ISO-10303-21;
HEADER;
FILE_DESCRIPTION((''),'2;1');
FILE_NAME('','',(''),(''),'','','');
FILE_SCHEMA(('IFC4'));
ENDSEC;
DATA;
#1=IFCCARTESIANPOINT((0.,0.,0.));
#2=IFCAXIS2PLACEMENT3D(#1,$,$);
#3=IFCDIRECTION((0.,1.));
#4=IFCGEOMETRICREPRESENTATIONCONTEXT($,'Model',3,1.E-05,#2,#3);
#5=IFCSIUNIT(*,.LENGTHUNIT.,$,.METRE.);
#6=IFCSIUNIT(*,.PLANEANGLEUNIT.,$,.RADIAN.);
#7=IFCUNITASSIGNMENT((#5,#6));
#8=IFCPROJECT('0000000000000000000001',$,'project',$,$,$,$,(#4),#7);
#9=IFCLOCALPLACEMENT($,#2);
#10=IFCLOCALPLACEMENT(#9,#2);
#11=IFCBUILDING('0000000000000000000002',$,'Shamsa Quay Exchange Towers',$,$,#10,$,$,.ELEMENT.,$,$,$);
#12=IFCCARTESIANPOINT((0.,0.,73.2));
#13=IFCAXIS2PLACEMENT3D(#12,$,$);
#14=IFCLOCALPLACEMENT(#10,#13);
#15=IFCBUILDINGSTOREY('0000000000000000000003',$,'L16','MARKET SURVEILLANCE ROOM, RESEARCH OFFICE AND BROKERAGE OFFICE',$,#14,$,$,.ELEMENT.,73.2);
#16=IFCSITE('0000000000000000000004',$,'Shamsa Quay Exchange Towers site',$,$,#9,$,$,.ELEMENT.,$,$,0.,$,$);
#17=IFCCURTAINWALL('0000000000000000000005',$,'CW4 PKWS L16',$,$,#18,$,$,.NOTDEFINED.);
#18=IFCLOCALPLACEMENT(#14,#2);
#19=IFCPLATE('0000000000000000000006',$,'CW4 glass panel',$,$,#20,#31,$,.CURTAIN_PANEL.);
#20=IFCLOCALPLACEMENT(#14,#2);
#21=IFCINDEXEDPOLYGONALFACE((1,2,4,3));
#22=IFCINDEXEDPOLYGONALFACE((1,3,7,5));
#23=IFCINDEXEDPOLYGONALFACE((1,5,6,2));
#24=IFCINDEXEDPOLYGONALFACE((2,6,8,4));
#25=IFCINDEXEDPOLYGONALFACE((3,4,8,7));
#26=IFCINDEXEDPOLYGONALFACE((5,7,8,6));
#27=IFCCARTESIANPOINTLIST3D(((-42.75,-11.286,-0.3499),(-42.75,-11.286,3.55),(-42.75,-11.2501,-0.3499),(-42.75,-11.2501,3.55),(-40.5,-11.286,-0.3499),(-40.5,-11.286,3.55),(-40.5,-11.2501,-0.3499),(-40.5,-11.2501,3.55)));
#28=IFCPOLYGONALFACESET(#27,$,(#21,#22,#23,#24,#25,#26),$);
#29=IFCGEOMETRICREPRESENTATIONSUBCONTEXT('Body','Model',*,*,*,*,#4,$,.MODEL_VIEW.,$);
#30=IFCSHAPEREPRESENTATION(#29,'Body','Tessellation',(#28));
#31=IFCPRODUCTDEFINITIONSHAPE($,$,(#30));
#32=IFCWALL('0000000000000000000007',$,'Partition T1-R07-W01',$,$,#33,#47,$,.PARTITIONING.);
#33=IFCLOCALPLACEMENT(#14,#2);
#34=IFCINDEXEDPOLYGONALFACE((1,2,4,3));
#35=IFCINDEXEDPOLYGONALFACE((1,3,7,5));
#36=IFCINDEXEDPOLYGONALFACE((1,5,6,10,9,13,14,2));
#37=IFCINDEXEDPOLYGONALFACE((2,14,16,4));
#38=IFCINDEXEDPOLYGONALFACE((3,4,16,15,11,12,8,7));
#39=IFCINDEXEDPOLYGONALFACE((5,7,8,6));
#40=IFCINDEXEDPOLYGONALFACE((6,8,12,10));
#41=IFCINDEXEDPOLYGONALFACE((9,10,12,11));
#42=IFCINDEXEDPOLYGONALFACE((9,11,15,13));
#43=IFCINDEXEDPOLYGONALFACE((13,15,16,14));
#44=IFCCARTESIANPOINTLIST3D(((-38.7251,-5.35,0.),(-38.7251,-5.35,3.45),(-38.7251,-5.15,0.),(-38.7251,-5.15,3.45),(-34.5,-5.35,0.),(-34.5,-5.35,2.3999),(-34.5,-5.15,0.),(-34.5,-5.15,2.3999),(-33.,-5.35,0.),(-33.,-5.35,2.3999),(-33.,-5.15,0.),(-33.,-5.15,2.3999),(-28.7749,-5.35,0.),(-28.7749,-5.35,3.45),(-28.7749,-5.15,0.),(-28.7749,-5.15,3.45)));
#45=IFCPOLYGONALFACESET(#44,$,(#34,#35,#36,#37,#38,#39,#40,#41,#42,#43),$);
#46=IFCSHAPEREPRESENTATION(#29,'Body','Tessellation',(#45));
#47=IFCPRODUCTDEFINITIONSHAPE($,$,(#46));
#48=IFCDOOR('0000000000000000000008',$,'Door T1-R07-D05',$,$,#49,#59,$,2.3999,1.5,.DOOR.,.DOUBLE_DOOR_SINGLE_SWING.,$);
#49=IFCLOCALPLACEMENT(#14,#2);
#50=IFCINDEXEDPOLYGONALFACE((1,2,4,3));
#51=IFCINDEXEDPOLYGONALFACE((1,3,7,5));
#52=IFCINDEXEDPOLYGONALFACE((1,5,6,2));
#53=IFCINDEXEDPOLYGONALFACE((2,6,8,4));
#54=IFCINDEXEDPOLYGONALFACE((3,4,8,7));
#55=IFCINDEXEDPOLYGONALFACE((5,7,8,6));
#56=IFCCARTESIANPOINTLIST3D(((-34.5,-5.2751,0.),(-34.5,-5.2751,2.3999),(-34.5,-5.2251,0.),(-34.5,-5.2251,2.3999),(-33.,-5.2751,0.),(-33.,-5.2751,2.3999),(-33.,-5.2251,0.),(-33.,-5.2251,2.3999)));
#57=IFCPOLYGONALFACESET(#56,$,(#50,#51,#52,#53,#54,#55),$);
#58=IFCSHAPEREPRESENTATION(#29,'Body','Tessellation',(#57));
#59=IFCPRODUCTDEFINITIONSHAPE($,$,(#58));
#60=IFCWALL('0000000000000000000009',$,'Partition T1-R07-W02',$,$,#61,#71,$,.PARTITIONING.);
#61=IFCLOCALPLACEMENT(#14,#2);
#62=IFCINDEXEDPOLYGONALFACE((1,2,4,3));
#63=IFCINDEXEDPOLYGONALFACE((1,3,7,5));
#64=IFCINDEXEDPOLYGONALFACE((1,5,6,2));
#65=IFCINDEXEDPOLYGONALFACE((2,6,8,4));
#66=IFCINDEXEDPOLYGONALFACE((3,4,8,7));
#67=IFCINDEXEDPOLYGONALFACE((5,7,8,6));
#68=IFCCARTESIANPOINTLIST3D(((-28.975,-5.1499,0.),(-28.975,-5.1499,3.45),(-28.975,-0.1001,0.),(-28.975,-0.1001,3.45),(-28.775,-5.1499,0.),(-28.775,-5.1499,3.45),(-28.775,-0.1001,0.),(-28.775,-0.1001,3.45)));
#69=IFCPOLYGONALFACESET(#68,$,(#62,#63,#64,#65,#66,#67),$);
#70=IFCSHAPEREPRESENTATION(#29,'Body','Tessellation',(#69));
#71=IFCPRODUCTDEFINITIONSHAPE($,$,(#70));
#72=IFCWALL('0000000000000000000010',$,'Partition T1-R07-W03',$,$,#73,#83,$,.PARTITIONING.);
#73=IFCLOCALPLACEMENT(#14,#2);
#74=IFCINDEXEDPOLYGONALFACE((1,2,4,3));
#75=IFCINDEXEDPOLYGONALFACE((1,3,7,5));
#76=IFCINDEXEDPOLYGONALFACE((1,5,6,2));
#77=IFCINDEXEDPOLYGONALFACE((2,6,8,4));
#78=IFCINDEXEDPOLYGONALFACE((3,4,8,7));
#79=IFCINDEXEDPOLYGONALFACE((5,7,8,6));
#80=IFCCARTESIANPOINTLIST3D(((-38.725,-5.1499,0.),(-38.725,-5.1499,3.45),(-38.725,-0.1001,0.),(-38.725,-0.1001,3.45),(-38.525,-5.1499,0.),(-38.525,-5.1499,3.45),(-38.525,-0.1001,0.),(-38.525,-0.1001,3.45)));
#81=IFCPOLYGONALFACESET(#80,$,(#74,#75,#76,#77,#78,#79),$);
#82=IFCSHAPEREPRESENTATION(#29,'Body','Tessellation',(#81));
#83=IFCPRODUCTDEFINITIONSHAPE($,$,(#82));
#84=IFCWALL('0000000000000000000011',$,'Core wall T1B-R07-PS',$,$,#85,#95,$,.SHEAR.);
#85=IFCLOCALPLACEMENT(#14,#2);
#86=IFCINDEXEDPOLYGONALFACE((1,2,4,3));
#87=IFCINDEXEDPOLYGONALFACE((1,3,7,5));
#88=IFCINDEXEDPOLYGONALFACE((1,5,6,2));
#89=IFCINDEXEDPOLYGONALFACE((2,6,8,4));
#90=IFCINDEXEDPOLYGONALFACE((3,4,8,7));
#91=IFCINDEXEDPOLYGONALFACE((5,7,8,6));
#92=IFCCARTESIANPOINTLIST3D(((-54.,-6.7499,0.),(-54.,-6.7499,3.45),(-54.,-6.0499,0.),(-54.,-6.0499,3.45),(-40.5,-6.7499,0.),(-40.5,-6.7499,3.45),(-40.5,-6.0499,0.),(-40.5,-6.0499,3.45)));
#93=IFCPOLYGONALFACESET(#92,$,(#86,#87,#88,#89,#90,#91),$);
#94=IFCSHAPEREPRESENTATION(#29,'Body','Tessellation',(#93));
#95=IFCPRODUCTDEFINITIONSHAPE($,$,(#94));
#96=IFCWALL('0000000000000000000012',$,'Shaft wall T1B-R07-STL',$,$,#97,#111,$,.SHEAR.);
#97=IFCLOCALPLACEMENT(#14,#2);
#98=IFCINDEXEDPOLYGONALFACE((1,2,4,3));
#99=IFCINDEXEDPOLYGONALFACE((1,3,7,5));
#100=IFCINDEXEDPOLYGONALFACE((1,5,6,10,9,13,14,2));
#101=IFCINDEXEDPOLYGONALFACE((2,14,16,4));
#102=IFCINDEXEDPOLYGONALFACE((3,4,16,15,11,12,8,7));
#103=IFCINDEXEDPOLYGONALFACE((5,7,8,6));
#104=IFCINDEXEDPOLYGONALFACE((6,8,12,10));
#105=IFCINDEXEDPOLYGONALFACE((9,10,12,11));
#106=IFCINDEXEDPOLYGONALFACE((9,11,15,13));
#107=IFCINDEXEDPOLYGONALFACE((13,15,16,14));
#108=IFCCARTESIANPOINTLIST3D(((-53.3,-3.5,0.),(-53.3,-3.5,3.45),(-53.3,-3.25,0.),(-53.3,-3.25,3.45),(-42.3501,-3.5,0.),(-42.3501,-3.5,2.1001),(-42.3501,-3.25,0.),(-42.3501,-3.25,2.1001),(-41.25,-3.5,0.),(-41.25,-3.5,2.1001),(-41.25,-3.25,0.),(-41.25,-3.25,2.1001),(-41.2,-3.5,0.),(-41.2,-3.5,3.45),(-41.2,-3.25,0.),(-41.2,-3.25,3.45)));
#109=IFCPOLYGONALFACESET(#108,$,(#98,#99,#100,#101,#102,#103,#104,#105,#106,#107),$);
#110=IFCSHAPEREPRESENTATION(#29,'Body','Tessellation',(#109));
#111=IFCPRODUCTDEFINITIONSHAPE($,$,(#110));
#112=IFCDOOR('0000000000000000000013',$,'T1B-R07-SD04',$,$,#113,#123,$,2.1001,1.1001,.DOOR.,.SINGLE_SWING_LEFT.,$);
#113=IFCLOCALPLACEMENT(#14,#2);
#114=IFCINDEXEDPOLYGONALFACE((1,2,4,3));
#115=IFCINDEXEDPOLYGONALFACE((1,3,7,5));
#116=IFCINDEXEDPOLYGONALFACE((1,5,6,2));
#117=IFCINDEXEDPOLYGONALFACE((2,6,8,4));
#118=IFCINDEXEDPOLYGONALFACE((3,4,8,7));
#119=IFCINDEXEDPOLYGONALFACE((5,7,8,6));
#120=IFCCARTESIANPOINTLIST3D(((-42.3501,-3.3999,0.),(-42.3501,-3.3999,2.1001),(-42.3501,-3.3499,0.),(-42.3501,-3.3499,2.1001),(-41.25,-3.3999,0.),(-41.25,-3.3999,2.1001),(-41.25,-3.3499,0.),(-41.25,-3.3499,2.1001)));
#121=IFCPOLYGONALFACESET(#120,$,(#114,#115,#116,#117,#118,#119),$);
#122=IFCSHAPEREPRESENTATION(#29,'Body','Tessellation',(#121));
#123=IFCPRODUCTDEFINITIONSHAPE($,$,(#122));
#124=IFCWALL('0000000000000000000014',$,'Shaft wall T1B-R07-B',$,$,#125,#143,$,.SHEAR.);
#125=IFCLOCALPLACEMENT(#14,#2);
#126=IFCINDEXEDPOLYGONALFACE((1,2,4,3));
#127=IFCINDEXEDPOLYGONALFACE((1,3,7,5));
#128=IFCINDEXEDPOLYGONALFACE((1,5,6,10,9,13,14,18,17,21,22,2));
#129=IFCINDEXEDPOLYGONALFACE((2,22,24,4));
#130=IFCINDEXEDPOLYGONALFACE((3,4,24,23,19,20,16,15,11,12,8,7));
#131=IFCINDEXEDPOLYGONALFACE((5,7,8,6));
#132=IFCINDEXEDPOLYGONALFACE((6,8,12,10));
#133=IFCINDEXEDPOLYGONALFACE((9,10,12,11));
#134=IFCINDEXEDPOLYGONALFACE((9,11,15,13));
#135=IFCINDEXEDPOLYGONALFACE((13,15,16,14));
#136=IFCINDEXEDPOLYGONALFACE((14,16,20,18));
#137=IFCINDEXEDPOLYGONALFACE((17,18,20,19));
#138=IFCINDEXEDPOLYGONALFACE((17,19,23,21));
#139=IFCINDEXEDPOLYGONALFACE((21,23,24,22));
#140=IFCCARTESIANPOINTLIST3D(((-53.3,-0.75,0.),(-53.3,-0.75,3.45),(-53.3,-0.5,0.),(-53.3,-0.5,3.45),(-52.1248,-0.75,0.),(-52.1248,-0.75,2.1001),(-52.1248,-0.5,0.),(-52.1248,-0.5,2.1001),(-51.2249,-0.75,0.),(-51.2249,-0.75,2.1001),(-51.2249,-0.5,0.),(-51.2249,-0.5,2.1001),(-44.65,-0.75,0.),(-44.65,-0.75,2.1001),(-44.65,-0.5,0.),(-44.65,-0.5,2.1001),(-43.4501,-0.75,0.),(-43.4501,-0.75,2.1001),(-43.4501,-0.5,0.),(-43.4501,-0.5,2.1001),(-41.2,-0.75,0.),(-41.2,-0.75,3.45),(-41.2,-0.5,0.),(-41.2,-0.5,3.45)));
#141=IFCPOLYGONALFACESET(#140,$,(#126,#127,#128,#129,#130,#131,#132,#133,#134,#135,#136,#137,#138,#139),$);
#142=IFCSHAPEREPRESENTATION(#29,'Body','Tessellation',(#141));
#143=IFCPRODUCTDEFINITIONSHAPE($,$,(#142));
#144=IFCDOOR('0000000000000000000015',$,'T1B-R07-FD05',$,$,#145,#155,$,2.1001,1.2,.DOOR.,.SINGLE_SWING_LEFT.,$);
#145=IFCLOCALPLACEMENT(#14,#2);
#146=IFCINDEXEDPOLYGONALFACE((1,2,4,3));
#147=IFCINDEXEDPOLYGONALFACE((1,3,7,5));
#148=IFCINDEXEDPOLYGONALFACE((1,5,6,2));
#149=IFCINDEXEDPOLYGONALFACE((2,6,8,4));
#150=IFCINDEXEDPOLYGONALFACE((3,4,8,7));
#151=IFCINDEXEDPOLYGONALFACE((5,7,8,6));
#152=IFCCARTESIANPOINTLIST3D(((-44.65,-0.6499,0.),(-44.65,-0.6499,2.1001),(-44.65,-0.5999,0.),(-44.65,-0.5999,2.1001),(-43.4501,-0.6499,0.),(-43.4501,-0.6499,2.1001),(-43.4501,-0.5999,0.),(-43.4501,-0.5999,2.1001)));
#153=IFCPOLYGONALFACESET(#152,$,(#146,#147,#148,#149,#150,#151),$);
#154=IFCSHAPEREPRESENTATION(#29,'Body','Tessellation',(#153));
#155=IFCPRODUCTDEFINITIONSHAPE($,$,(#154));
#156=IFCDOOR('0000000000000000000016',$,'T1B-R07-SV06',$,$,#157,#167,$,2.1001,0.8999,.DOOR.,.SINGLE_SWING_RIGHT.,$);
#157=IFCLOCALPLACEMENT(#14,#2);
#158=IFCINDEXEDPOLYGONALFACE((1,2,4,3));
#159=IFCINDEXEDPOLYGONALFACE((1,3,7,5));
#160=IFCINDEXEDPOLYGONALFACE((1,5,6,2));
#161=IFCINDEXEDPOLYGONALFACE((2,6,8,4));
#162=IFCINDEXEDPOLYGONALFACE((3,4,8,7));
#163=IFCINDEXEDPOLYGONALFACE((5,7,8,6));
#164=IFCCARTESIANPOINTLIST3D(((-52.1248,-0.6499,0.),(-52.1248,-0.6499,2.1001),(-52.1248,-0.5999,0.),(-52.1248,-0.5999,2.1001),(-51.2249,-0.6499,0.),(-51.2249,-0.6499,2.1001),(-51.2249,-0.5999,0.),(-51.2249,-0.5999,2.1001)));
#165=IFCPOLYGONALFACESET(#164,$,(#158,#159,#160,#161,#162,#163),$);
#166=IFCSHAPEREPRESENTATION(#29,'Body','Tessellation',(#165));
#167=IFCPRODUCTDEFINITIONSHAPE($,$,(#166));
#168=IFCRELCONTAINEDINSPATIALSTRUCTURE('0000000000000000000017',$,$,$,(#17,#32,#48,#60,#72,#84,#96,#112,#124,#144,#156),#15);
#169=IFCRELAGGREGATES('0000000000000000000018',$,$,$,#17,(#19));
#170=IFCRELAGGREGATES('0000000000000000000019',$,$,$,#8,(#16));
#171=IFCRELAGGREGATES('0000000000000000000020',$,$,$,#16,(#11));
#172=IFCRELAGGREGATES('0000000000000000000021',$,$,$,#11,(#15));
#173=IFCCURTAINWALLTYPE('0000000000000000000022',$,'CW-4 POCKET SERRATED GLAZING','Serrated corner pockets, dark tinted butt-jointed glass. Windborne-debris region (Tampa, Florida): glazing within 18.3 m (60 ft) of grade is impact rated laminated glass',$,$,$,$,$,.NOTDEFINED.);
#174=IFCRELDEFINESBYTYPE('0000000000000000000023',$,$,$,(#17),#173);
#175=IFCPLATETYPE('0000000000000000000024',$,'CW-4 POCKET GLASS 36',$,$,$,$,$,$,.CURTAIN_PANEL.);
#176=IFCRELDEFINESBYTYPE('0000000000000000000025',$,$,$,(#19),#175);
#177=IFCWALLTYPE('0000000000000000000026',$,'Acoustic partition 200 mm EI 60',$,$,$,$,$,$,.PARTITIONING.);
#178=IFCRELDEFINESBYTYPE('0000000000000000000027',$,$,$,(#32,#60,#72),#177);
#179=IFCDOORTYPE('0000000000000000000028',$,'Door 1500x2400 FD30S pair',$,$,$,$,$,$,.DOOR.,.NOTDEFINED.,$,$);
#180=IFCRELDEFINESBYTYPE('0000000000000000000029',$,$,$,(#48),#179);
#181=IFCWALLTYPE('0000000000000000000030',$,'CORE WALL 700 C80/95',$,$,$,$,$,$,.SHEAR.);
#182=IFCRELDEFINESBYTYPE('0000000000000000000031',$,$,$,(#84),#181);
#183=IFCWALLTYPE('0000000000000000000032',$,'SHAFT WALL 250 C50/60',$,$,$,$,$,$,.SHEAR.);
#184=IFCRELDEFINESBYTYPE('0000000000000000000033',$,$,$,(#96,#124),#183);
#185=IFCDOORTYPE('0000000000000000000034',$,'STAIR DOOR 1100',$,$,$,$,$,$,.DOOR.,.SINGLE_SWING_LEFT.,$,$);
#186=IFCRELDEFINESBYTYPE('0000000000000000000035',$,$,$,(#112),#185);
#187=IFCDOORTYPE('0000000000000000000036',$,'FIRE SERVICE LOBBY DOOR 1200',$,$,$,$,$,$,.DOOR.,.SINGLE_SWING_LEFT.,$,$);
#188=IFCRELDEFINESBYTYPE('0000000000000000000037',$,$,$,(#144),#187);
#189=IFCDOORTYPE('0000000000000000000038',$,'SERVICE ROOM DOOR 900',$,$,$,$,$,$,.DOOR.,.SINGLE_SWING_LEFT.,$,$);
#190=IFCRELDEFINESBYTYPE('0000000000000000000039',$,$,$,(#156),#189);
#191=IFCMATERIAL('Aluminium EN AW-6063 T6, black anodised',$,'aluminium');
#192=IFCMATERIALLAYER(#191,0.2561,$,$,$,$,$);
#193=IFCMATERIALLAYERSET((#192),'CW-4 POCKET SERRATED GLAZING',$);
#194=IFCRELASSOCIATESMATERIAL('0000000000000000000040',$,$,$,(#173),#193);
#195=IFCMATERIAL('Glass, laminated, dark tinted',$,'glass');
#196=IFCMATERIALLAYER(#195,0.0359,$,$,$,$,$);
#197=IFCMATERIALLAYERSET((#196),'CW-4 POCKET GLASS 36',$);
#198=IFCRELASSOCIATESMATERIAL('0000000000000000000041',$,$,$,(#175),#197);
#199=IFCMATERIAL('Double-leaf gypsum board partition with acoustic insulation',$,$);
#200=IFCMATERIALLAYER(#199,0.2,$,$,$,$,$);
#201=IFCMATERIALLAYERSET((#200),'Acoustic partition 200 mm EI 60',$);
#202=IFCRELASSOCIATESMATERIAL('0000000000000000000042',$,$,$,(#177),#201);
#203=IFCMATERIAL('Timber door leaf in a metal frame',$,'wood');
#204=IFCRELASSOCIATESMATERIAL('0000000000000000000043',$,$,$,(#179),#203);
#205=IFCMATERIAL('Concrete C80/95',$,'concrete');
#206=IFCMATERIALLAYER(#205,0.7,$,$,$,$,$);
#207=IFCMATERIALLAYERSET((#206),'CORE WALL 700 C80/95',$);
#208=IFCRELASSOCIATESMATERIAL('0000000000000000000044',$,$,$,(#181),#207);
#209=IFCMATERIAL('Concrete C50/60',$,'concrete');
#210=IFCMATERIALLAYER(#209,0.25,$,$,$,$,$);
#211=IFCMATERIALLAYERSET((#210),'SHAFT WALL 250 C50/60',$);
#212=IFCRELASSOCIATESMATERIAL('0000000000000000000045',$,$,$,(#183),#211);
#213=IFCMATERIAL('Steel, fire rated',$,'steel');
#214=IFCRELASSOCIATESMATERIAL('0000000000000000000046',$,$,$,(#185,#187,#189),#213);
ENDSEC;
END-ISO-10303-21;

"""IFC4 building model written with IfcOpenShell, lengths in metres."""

from ifc_helpers import new_model, si_unit, direction, frame, frame_2d, origin, origin_2d, place, context, subcontext, project, spatial, rectangle, extrude, material, layer, layer_set, type_object, element, fill, aggregate, save


model = new_model("IFC4")

# Units and contexts
model_context = context("Model", 3, precision=1e-05, world=origin(), true_north=direction((0.0, 1.0)))
body_context = subcontext(model_context, "Body", "Model", "MODEL_VIEW")
ifc_project = project(units=[si_unit("LENGTHUNIT", "METRE"), si_unit("PLANEANGLEUNIT", "RADIAN")], contexts=[model_context])

# Site, building, storey
site_placement = place(None, origin())
site = spatial("IfcSite", under=ifc_project, at=site_placement, Name="Shamsa Quay Exchange Towers site", CompositionType="ELEMENT", RefElevation=0.0)
building_placement = place(site_placement, origin())
building = spatial("IfcBuilding", under=site, at=building_placement, Name="Shamsa Quay Exchange Towers", CompositionType="ELEMENT")
storey_placement = place(building_placement, frame((0.0, 0.0, 73.2)))
storey = spatial("IfcBuildingStorey", under=building, at=storey_placement, Name="L16", Description="MARKET SURVEILLANCE ROOM, RESEARCH OFFICE AND BROKERAGE OFFICE", CompositionType="ELEMENT", Elevation=73.2)

# Shared definitions
ifc_material_1 = material(Name="Aluminium EN AW-6063 T6, black anodised", Category="aluminium")

# Shared definitions
ifc_material_2 = material(Name="Glass, laminated, dark tinted", Category="glass")

# Curtain wall, plate
ifc_layer_1 = layer(ifc_material_1, 0.2561)
ifc_layer_set_1 = layer_set([ifc_layer_1], Name="CW-4 POCKET SERRATED GLAZING")
curtain_wall_type_1 = type_object("IfcCurtainWallType", Name="CW-4 POCKET SERRATED GLAZING", Description="Serrated corner pockets, dark tinted butt-jointed glass. Windborne-debris region (Tampa, Florida): glazing within 18.3 m (60 ft) of grade is impact rated laminated glass", PredefinedType="NOTDEFINED", material=ifc_layer_set_1)
curtain_wall_1_placement = place(storey_placement, origin())
curtain_wall_1 = element("IfcCurtainWall", 1, at=curtain_wall_1_placement, inside=storey, type_object=curtain_wall_type_1, Name="CW4 PKWS L16", PredefinedType="NOTDEFINED")
ifc_layer_2 = layer(ifc_material_2, 0.0359)
ifc_layer_set_2 = layer_set([ifc_layer_2], Name="CW-4 POCKET GLASS 36")
plate_type_1 = type_object("IfcPlateType", Name="CW-4 POCKET GLASS 36", PredefinedType="CURTAIN_PANEL", material=ifc_layer_set_2)
plate_1_placement = place(storey_placement, frame((-41.625, -11.2681, -0.3499)))
plate_1 = element("IfcPlate", 2, at=plate_1_placement, type_object=plate_type_1, Name="CW4 glass panel", PredefinedType="CURTAIN_PANEL", context=body_context, shape_type="SweptSolid", body=[
    extrude(rectangle(XDim=2.25, YDim=0.0359, at=origin_2d()), origin(), (0.0, 0.0, 1.0), 3.8999),
])
aggregate(curtain_wall_1, [plate_1])

# Wall, opening, door
ifc_material_3 = material(Name="Double-leaf gypsum board partition with acoustic insulation")
ifc_layer_3 = layer(ifc_material_3, 0.2)
ifc_layer_set_3 = layer_set([ifc_layer_3], Name="Acoustic partition 200 mm EI 60")
wall_type_1 = type_object("IfcWallType", Name="Acoustic partition 200 mm EI 60", PredefinedType="PARTITIONING", material=ifc_layer_set_3)
wall_1_placement = place(storey_placement, frame((-38.7251, -5.25, 0.0)))
wall_1 = element("IfcWall", 3, at=wall_1_placement, inside=storey, type_object=wall_type_1, Name="Partition T1-R07-W01", PredefinedType="PARTITIONING", context=body_context, shape_type="SweptSolid", body=[
    extrude(rectangle(XDim=9.9502, YDim=0.2, at=frame_2d((4.9751, 0.0))), origin(), (0.0, 0.0, 1.0), 3.45),
])
opening_1_placement = place(wall_1_placement, frame((4.2251, 0.0, 0.0)))
opening_1 = element("IfcOpeningElement", 4, at=opening_1_placement, cuts=wall_1, PredefinedType="OPENING", context=body_context, shape_type="SweptSolid", body=[
    extrude(rectangle(XDim=1.5, YDim=2.3999, at=frame_2d((0.75, 1.2))), frame((0.0, 0.1099, 0.0), z_axis=(0.0, -1.0, 0.0), x_axis=(1.0, 0.0, 0.0)), (0.0, 0.0, 1.0), 0.22),
])
ifc_material_4 = material(Name="Timber door leaf in a metal frame", Category="wood")
door_type_1 = type_object("IfcDoorType", Name="Door 1500x2400 FD30S pair", OperationType="NOTDEFINED", PredefinedType="DOOR", material=ifc_material_4)
door_1_placement = place(opening_1_placement, origin())
door_1 = element("IfcDoor", 5, at=door_1_placement, inside=storey, type_object=door_type_1, Name="Door T1-R07-D05", OperationType="DOUBLE_DOOR_SINGLE_SWING", OverallHeight=2.3999, OverallWidth=1.5, PredefinedType="DOOR", context=body_context, shape_type="SweptSolid", body=[
    extrude(rectangle(XDim=1.5, YDim=2.3999, at=frame_2d((0.75, 1.2))), frame((0.0, 0.0249, 0.0), z_axis=(0.0, -1.0, 0.0), x_axis=(1.0, 0.0, 0.0)), (0.0, 0.0, 1.0), 0.05),
])
fill(opening_1, door_1)

# Walls
for number, where, z_axis, x_axis, name in (
    (6, (-28.875, -5.1499, 0.0), (0.0, 0.0, 1.0), (0.0, 1.0, 0.0), "Partition T1-R07-W02"),
    (7, (-38.625, -0.1001, 0.0), (0.0, 0.0, 1.0), (0.0, -1.0, 0.0), "Partition T1-R07-W03"),
):
    element("IfcWall", number, at=place(storey_placement, frame(where, z_axis=z_axis, x_axis=x_axis)), inside=storey, type_object=wall_type_1, Name=name, PredefinedType="PARTITIONING", context=body_context, shape_type="SweptSolid", body=[
        extrude(rectangle(XDim=5.0498, YDim=0.2, at=frame_2d((2.5249, 0.0))), origin(), (0.0, 0.0, 1.0), 3.45),
    ])
ifc_material_5 = material(Name="Concrete C80/95", Category="concrete")
ifc_layer_4 = layer(ifc_material_5, 0.7)
ifc_layer_set_4 = layer_set([ifc_layer_4], Name="CORE WALL 700 C80/95")
wall_type_2 = type_object("IfcWallType", Name="CORE WALL 700 C80/95", PredefinedType="SHEAR", material=ifc_layer_set_4)
wall_2_placement = place(storey_placement, frame((-40.5, -6.3999, 0.0), z_axis=(0.0, 0.0, 1.0), x_axis=(-1.0, 0.0, 0.0)))
element("IfcWall", 8, at=wall_2_placement, inside=storey, type_object=wall_type_2, Name="Core wall T1B-R07-PS", PredefinedType="SHEAR", context=body_context, shape_type="SweptSolid", body=[
    extrude(rectangle(XDim=13.5, YDim=0.7, at=frame_2d((6.75, 0.0))), origin(), (0.0, 0.0, 1.0), 3.45),
])

# Wall, opening, door
ifc_material_6 = material(Name="Steel, fire rated", Category="steel")
ifc_material_7 = material(Name="Concrete C50/60", Category="concrete")
ifc_layer_5 = layer(ifc_material_7, 0.25)
ifc_layer_set_5 = layer_set([ifc_layer_5], Name="SHAFT WALL 250 C50/60")
wall_type_3 = type_object("IfcWallType", Name="SHAFT WALL 250 C50/60", PredefinedType="SHEAR", material=ifc_layer_set_5)
wall_3_placement = place(storey_placement, frame((-41.2, -3.375, 0.0), z_axis=(0.0, 0.0, 1.0), x_axis=(-1.0, 0.0, 0.0)))
wall_3 = element("IfcWall", 9, at=wall_3_placement, inside=storey, type_object=wall_type_3, Name="Shaft wall T1B-R07-STL", PredefinedType="SHEAR", context=body_context, shape_type="SweptSolid", body=[
    extrude(rectangle(XDim=12.1001, YDim=0.25, at=frame_2d((6.05, 0.0))), origin(), (0.0, 0.0, 1.0), 3.45),
])
opening_2_placement = place(wall_3_placement, frame((0.05, 0.0, 0.0)))
opening_2 = element("IfcOpeningElement", 10, at=opening_2_placement, cuts=wall_3, PredefinedType="OPENING", context=body_context, shape_type="SweptSolid", body=[
    extrude(rectangle(XDim=1.1001, YDim=2.1001, at=frame_2d((0.55, 1.05))), frame((0.0, 0.135, 0.0), z_axis=(0.0, -1.0, 0.0), x_axis=(1.0, 0.0, 0.0)), (0.0, 0.0, 1.0), 0.27),
])
door_type_2 = type_object("IfcDoorType", Name="STAIR DOOR 1100", OperationType="SINGLE_SWING_LEFT", PredefinedType="DOOR", material=ifc_material_6)
door_2_placement = place(opening_2_placement, origin())
door_2 = element("IfcDoor", 11, at=door_2_placement, inside=storey, type_object=door_type_2, Name="T1B-R07-SD04", OperationType="SINGLE_SWING_LEFT", OverallHeight=2.1001, OverallWidth=1.1001, PredefinedType="DOOR", context=body_context, shape_type="SweptSolid", body=[
    extrude(rectangle(XDim=1.1001, YDim=2.1001, at=frame_2d((0.55, 1.05))), frame((0.0, 0.0249, 0.0), z_axis=(0.0, -1.0, 0.0), x_axis=(1.0, 0.0, 0.0)), (0.0, 0.0, 1.0), 0.05),
])
fill(opening_2, door_2)

# Wall, openings, doors
wall_4_placement = place(storey_placement, frame((-41.2, -0.625, 0.0), z_axis=(0.0, 0.0, 1.0), x_axis=(-1.0, 0.0, 0.0)))
wall_4 = element("IfcWall", 12, at=wall_4_placement, inside=storey, type_object=wall_type_3, Name="Shaft wall T1B-R07-B", PredefinedType="SHEAR", context=body_context, shape_type="SweptSolid", body=[
    extrude(rectangle(XDim=12.1001, YDim=0.25, at=frame_2d((6.05, 0.0))), origin(), (0.0, 0.0, 1.0), 3.45),
])
opening_3_placement = place(wall_4_placement, frame((2.25, 0.0, 0.0)))
opening_3 = element("IfcOpeningElement", 13, at=opening_3_placement, cuts=wall_4, PredefinedType="OPENING", context=body_context, shape_type="SweptSolid", body=[
    extrude(rectangle(XDim=1.2, YDim=2.1001, at=frame_2d((0.6001, 1.05))), frame((0.0, 0.135, 0.0), z_axis=(0.0, -1.0, 0.0), x_axis=(1.0, 0.0, 0.0)), (0.0, 0.0, 1.0), 0.27),
])
opening_4_placement = place(wall_4_placement, frame((10.0249, 0.0, 0.0)))
opening_4 = element("IfcOpeningElement", 14, at=opening_4_placement, cuts=wall_4, PredefinedType="OPENING", context=body_context, shape_type="SweptSolid", body=[
    extrude(rectangle(XDim=0.8999, YDim=2.1001, at=frame_2d((0.45, 1.05))), frame((0.0, 0.135, 0.0), z_axis=(0.0, -1.0, 0.0), x_axis=(1.0, 0.0, 0.0)), (0.0, 0.0, 1.0), 0.27),
])
door_type_3 = type_object("IfcDoorType", Name="FIRE SERVICE LOBBY DOOR 1200", OperationType="SINGLE_SWING_LEFT", PredefinedType="DOOR", material=ifc_material_6)
door_3_placement = place(opening_3_placement, origin())
door_3 = element("IfcDoor", 15, at=door_3_placement, inside=storey, type_object=door_type_3, Name="T1B-R07-FD05", OperationType="SINGLE_SWING_LEFT", OverallHeight=2.1001, OverallWidth=1.2, PredefinedType="DOOR", context=body_context, shape_type="SweptSolid", body=[
    extrude(rectangle(XDim=1.2, YDim=2.1001, at=frame_2d((0.6001, 1.05))), frame((0.0, 0.0249, 0.0), z_axis=(0.0, -1.0, 0.0), x_axis=(1.0, 0.0, 0.0)), (0.0, 0.0, 1.0), 0.05),
])
fill(opening_3, door_3)
door_type_4 = type_object("IfcDoorType", Name="SERVICE ROOM DOOR 900", OperationType="SINGLE_SWING_LEFT", PredefinedType="DOOR", material=ifc_material_6)
door_4_placement = place(opening_4_placement, origin())
door_4 = element("IfcDoor", 16, at=door_4_placement, inside=storey, type_object=door_type_4, Name="T1B-R07-SV06", OperationType="SINGLE_SWING_RIGHT", OverallHeight=2.1001, OverallWidth=0.8999, PredefinedType="DOOR", context=body_context, shape_type="SweptSolid", body=[
    extrude(rectangle(XDim=0.8999, YDim=2.1001, at=frame_2d((0.45, 1.05))), frame((0.0, 0.0249, 0.0), z_axis=(0.0, -1.0, 0.0), x_axis=(1.0, 0.0, 0.0)), (0.0, 0.0, 1.0), 0.05),
])
fill(opening_4, door_4)

save(model, "model.ifc")
